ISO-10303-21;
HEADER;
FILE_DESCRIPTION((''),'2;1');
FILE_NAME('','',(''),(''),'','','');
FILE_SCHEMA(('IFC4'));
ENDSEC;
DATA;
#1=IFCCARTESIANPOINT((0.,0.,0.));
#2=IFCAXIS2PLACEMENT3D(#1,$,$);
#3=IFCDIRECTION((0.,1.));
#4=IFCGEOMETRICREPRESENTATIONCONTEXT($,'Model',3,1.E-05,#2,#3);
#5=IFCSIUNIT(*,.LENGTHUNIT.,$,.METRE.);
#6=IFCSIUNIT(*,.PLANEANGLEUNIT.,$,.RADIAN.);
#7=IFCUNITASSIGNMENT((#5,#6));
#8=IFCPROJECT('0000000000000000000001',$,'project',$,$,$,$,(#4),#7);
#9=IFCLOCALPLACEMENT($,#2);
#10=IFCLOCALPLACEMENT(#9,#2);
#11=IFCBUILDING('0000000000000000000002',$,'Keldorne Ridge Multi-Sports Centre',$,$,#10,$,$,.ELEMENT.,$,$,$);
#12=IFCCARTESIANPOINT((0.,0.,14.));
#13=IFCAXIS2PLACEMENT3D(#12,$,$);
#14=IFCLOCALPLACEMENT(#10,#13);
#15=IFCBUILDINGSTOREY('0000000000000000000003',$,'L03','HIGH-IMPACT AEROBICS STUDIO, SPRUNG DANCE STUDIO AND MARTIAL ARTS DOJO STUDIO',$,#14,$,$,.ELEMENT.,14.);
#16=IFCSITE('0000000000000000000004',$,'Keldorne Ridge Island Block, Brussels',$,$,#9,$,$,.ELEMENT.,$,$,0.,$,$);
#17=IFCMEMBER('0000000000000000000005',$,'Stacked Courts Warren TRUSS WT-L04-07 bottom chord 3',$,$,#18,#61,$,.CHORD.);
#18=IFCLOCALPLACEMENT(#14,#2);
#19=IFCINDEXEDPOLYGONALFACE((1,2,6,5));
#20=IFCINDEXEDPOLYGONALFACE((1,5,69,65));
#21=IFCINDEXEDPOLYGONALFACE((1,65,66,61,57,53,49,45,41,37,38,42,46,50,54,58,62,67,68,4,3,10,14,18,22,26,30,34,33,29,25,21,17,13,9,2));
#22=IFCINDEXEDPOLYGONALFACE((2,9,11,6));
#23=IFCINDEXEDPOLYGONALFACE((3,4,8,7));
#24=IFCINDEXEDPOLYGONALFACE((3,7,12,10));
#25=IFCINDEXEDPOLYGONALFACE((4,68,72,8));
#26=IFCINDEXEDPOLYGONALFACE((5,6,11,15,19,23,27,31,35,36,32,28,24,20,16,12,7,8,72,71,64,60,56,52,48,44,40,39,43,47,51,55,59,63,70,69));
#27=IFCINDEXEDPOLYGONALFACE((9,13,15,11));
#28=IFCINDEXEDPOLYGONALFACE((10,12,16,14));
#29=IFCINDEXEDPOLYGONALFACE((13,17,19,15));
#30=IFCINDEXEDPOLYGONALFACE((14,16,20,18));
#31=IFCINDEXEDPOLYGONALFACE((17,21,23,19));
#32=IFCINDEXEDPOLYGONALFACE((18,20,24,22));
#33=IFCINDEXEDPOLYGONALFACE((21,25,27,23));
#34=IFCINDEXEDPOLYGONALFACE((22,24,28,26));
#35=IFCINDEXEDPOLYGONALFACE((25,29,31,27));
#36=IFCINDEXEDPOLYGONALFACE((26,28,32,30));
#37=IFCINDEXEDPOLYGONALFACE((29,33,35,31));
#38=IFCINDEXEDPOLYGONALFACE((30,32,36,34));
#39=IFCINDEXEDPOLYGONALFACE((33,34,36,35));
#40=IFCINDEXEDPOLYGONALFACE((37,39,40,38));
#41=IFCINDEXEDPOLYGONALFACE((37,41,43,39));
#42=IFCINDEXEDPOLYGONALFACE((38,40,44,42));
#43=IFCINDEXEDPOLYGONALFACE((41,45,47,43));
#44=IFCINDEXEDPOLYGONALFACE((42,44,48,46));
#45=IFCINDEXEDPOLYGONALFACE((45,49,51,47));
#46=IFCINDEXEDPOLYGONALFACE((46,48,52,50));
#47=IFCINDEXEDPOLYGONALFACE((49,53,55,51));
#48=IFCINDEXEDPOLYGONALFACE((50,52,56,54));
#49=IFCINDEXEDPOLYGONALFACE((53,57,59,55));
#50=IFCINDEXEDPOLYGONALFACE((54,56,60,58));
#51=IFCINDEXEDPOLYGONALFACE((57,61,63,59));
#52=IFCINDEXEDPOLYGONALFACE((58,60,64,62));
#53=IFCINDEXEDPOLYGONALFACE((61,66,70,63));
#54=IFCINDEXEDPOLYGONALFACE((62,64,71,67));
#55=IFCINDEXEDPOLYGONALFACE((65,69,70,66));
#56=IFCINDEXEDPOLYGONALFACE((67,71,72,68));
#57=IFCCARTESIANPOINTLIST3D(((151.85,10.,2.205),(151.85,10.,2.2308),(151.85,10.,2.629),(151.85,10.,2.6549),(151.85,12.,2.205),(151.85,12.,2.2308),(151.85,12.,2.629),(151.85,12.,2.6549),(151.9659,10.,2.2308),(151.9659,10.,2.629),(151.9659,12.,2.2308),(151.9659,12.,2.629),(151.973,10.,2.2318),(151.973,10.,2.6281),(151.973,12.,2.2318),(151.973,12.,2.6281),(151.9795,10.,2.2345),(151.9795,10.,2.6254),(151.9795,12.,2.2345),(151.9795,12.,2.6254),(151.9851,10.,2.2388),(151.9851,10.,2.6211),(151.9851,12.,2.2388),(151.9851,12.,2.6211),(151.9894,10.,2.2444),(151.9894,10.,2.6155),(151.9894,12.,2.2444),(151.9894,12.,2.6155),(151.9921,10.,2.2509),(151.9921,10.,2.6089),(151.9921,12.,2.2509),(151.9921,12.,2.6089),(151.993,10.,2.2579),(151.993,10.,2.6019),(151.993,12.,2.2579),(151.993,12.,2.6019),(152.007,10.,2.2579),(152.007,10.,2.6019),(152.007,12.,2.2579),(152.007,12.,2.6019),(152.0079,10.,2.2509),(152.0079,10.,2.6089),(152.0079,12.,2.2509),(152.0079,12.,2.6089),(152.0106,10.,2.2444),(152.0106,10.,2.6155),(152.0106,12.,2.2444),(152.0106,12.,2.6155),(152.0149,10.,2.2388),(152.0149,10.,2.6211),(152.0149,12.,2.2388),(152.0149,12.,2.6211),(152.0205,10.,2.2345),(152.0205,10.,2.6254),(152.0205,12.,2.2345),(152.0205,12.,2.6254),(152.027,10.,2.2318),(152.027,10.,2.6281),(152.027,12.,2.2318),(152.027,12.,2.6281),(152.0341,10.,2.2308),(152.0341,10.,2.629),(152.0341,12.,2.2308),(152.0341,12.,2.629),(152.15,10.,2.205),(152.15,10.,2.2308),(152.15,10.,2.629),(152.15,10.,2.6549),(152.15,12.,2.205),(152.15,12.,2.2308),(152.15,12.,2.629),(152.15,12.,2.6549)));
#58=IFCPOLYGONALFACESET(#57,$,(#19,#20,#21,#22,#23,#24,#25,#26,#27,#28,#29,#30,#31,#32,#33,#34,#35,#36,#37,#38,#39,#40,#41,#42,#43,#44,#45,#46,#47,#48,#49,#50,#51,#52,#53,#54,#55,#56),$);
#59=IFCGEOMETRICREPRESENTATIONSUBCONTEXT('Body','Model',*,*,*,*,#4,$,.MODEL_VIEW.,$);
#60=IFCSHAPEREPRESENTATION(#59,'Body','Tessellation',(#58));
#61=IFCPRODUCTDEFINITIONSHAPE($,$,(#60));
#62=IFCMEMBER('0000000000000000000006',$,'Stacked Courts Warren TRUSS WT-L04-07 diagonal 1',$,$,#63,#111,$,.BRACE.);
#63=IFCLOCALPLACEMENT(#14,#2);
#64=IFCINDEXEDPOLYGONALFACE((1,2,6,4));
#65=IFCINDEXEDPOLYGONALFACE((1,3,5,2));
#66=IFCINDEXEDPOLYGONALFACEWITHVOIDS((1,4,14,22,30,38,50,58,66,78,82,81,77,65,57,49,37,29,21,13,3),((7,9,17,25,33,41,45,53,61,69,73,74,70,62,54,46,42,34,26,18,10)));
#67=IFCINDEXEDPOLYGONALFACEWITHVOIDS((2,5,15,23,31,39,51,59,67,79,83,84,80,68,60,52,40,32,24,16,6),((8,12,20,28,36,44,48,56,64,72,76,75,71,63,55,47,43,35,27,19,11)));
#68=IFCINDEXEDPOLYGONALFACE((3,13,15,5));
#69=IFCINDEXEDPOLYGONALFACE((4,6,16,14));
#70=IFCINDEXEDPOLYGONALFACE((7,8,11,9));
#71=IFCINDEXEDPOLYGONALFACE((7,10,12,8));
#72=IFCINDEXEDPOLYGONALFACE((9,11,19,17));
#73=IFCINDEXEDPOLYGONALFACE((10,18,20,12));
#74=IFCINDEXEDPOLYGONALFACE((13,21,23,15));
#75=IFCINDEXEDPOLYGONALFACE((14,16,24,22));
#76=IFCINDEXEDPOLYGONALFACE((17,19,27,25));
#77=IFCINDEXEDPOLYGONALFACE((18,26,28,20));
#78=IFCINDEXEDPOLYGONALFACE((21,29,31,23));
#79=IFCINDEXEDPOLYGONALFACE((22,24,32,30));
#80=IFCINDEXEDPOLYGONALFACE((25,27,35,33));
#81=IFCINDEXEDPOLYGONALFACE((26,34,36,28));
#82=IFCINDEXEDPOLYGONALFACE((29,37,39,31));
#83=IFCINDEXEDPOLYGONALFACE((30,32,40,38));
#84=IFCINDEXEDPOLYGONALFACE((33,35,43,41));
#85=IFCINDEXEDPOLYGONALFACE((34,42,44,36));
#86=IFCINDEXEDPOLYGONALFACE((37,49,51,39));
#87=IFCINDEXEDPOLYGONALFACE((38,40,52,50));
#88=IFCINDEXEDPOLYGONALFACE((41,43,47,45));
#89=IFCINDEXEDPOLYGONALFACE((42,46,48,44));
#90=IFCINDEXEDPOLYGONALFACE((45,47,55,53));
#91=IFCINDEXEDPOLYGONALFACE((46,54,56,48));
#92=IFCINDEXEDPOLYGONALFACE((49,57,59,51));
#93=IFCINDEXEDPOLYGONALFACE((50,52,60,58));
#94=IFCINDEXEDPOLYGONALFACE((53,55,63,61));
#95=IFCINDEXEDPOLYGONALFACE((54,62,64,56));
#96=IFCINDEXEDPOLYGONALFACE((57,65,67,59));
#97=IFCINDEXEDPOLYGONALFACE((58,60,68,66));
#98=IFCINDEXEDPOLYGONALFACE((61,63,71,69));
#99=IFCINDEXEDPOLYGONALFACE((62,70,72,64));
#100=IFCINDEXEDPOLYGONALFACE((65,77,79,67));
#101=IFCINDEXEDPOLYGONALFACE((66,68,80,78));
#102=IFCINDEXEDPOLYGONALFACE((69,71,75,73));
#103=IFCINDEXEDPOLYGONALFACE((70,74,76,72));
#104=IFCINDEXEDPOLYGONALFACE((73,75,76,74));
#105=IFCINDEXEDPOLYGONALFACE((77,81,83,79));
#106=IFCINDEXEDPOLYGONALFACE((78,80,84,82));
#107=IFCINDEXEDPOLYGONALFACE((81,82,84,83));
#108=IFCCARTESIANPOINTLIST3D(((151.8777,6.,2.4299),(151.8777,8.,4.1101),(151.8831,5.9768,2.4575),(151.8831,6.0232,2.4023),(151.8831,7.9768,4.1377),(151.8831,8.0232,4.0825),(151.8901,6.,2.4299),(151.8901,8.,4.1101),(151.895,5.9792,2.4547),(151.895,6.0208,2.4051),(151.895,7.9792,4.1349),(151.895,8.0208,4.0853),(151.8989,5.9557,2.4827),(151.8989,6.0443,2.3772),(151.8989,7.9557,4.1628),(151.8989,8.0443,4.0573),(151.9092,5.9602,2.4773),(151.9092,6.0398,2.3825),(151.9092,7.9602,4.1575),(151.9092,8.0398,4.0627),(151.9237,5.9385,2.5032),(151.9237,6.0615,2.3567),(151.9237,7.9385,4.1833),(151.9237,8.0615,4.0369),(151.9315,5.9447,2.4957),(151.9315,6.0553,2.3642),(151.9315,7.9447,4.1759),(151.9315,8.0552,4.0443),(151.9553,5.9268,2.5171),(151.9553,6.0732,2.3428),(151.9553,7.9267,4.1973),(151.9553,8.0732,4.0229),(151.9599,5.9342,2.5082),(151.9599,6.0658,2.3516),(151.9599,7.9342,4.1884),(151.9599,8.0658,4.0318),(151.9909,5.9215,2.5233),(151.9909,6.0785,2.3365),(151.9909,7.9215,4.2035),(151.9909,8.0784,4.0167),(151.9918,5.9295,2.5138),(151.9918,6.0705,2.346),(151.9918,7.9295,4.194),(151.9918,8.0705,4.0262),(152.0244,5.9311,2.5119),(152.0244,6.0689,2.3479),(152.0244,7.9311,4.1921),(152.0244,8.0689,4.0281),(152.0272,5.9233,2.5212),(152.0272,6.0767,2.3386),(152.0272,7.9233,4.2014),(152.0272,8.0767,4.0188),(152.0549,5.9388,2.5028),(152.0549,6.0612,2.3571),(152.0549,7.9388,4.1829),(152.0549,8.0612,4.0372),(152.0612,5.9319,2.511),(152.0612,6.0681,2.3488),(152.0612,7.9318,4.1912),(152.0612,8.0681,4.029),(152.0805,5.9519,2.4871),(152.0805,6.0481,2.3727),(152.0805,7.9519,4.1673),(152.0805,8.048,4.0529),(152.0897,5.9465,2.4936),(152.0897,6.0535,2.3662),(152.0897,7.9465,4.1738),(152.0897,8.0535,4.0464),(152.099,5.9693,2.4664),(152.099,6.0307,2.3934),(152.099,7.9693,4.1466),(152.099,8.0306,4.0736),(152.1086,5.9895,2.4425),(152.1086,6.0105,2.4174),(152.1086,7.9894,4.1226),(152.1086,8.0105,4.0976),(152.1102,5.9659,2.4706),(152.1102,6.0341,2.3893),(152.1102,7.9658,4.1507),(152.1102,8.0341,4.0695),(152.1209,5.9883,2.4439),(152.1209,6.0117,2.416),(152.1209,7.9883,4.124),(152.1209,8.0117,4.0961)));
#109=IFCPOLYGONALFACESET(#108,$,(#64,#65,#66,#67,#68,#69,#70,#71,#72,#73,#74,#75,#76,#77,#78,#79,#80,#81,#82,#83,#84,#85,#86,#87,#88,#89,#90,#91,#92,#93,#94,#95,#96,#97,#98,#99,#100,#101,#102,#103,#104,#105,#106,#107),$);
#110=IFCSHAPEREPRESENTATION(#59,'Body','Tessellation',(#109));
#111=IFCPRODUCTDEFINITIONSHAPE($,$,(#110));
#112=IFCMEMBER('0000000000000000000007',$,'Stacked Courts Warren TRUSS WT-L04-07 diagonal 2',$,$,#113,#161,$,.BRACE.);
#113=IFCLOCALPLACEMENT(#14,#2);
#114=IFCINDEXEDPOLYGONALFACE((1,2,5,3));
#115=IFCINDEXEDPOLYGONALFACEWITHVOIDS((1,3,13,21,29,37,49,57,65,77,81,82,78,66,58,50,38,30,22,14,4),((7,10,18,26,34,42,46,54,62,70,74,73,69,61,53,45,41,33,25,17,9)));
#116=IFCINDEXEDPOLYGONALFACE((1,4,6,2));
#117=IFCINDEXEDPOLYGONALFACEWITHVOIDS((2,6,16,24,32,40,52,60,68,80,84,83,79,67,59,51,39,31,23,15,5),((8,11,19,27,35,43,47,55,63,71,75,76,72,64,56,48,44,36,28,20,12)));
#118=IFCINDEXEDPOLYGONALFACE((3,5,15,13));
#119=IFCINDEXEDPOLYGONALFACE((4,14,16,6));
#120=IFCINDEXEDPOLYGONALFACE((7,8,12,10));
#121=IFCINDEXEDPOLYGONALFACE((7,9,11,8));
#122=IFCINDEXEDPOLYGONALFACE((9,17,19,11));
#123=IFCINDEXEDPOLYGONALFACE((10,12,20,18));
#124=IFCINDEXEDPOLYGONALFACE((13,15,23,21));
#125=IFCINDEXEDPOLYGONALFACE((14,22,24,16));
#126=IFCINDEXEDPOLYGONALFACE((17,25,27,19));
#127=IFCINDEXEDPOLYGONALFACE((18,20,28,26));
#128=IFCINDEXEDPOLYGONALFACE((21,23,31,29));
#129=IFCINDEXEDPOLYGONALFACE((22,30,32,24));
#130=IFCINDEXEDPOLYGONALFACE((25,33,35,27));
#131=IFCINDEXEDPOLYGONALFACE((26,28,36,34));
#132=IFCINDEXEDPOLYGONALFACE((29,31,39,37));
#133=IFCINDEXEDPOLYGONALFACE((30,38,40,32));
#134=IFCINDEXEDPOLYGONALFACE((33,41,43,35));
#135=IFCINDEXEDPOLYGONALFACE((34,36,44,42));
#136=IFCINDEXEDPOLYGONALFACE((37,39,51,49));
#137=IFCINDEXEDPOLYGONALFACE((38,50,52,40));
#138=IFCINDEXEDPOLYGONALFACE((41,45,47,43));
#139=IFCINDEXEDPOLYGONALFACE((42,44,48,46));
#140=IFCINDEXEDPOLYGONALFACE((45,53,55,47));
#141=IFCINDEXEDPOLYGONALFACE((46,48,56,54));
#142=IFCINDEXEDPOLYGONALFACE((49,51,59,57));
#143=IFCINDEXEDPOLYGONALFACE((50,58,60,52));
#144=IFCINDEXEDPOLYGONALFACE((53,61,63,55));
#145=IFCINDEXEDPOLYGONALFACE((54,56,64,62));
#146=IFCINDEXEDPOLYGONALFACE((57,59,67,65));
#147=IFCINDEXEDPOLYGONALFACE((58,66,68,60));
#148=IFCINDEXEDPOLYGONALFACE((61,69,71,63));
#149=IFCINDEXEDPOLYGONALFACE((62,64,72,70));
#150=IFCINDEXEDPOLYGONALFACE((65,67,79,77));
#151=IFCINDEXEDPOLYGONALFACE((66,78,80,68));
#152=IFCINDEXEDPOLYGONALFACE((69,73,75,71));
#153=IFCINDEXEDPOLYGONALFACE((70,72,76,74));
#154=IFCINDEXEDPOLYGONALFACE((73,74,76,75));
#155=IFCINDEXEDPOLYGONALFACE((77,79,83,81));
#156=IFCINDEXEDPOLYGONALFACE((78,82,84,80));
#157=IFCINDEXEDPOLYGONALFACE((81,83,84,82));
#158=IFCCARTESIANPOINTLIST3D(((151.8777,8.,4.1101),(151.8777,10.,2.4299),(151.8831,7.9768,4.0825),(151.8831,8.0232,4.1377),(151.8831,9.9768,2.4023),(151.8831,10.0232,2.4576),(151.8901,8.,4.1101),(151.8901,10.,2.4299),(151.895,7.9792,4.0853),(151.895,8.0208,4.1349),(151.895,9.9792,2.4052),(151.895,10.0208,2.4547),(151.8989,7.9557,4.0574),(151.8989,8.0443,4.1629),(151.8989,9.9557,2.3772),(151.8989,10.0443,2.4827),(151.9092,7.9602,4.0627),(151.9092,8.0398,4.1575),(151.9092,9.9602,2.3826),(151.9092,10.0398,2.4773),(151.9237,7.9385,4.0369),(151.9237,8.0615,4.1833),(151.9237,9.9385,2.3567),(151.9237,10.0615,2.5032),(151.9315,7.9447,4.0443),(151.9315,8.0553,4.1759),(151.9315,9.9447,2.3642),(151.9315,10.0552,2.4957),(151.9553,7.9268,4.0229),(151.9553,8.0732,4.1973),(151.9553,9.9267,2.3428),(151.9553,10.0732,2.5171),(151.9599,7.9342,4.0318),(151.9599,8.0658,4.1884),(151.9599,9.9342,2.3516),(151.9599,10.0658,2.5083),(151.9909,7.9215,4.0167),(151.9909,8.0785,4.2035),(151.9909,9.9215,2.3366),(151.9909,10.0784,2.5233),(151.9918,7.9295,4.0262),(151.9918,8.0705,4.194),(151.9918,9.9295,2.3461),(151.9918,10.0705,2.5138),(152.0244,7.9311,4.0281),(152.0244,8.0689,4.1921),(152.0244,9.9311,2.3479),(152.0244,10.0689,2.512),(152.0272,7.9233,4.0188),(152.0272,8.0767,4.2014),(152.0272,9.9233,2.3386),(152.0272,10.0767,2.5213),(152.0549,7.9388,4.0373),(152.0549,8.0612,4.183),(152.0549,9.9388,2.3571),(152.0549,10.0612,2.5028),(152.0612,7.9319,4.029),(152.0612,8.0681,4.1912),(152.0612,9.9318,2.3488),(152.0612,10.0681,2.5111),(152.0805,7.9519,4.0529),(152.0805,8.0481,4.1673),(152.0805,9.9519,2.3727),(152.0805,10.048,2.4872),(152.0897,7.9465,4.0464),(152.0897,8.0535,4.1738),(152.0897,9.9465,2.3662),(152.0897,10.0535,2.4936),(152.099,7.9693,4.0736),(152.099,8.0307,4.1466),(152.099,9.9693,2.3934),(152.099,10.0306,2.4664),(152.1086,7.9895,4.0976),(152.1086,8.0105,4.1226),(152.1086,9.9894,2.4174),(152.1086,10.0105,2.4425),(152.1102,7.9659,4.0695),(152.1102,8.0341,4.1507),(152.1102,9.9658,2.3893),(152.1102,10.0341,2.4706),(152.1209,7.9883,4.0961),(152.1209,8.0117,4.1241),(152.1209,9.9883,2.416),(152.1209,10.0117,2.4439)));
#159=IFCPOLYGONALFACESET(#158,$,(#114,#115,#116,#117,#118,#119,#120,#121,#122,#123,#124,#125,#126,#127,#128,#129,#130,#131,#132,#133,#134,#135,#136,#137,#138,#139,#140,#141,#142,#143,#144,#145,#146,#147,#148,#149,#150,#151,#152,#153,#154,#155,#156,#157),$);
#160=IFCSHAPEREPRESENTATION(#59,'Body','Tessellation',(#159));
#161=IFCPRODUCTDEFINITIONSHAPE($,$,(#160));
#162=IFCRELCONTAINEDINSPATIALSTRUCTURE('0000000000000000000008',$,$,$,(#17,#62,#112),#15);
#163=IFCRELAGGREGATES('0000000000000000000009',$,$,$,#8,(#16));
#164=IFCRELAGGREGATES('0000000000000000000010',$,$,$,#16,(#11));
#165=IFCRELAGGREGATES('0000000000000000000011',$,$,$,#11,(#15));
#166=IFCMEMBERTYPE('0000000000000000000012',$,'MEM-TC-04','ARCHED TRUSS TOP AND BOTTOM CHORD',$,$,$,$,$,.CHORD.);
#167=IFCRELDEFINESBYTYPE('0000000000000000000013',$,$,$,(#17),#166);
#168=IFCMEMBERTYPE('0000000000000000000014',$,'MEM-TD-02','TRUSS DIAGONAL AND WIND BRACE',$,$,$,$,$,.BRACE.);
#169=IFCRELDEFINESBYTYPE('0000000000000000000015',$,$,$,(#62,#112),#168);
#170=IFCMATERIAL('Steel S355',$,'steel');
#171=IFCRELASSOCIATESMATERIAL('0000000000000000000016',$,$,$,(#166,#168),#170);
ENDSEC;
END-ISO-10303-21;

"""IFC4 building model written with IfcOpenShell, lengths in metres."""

from ifc_helpers import new_model, si_unit, direction, frame, origin, origin_2d, place, context, subcontext, project, spatial, hollow_circle, i_section, extrude, material, material_profile, profile_set, type_object, element, save


model = new_model("IFC4")

# Units and contexts
model_context = context("Model", 3, precision=1e-05, world=origin(), true_north=direction((0.0, 1.0)))
body_context = subcontext(model_context, "Body", "Model", "MODEL_VIEW")
ifc_project = project(units=[si_unit("LENGTHUNIT", "METRE"), si_unit("PLANEANGLEUNIT", "RADIAN")], contexts=[model_context])

# Site, building, storey
site_placement = place(None, origin())
site = spatial("IfcSite", under=ifc_project, at=site_placement, Name="Keldorne Ridge Island Block, Brussels", CompositionType="ELEMENT", RefElevation=0.0)
building_placement = place(site_placement, origin())
building = spatial("IfcBuilding", under=site, at=building_placement, Name="Keldorne Ridge Multi-Sports Centre", CompositionType="ELEMENT")
storey_placement = place(building_placement, frame((0.0, 0.0, 14.0)))
storey = spatial("IfcBuildingStorey", under=building, at=storey_placement, Name="L03", Description="HIGH-IMPACT AEROBICS STUDIO, SPRUNG DANCE STUDIO AND MARTIAL ARTS DOJO STUDIO", CompositionType="ELEMENT", Elevation=14.0)

# Shared definitions
ifc_material_1 = material(Name="Steel S355", Category="steel")

# Members
ifc_material_profile_1 = material_profile(ifc_material_1, i_section(OverallWidth=0.3, OverallDepth=0.45, WebThickness=0.0139, FlangeThickness=0.0259, FilletRadius=0.0271, at=origin_2d()), Name="HEB 450")
ifc_profile_set_1 = profile_set([ifc_material_profile_1], Name="Steel S355")
member_type_1 = type_object("IfcMemberType", Name="MEM-TC-04", Description="ARCHED TRUSS TOP AND BOTTOM CHORD", PredefinedType="CHORD", material=ifc_profile_set_1)
for number, where, z_axis, x_axis, name in (
    (1, (152.0, 10.0, 2.4299), (0.0, 1.0, 0.0), (-1.0, 0.0, 0.0), "Stacked Courts Warren TRUSS WT-L04-07 bottom chord 3"),
):
    element("IfcMember", number, at=place(storey_placement, frame(where, z_axis=z_axis, x_axis=x_axis)), inside=storey, type_object=member_type_1, Name=name, PredefinedType="CHORD", context=body_context, shape_type="SweptSolid", body=[
        extrude(i_section(OverallWidth=0.3, OverallDepth=0.45, WebThickness=0.0139, FlangeThickness=0.0259, FilletRadius=0.0271, at=origin_2d()), origin(), (0.0, 0.0, 1.0), 2.0),
    ])
ifc_material_profile_2 = material_profile(ifc_material_1, hollow_circle(Radius=0.1223, WallThickness=0.0125, at=origin_2d()), Name="CHS 244.5x12.5")
ifc_profile_set_2 = profile_set([ifc_material_profile_2], Name="Steel S355")
member_type_2 = type_object("IfcMemberType", Name="MEM-TD-02", Description="TRUSS DIAGONAL AND WIND BRACE", PredefinedType="BRACE", material=ifc_profile_set_2)
for number, where, z_axis, x_axis, name in (
    (2, (152.0, 6.0, 2.4299), (0.0, 0.765672, 0.643232), (-1.0, 0.0, 0.0), "Stacked Courts Warren TRUSS WT-L04-07 diagonal 1"),
    (3, (152.0, 8.0, 4.1101), (0.0, 0.765672, -0.643232), (-1.0, 0.0, 0.0), "Stacked Courts Warren TRUSS WT-L04-07 diagonal 2"),
):
    element("IfcMember", number, at=place(storey_placement, frame(where, z_axis=z_axis, x_axis=x_axis)), inside=storey, type_object=member_type_2, Name=name, PredefinedType="BRACE", context=body_context, shape_type="SweptSolid", body=[
        extrude(hollow_circle(Radius=0.1223, WallThickness=0.0125, at=origin_2d()), origin(), (0.0, 0.0, 1.0), 2.6121),
    ])

save(model, "model.ifc")
